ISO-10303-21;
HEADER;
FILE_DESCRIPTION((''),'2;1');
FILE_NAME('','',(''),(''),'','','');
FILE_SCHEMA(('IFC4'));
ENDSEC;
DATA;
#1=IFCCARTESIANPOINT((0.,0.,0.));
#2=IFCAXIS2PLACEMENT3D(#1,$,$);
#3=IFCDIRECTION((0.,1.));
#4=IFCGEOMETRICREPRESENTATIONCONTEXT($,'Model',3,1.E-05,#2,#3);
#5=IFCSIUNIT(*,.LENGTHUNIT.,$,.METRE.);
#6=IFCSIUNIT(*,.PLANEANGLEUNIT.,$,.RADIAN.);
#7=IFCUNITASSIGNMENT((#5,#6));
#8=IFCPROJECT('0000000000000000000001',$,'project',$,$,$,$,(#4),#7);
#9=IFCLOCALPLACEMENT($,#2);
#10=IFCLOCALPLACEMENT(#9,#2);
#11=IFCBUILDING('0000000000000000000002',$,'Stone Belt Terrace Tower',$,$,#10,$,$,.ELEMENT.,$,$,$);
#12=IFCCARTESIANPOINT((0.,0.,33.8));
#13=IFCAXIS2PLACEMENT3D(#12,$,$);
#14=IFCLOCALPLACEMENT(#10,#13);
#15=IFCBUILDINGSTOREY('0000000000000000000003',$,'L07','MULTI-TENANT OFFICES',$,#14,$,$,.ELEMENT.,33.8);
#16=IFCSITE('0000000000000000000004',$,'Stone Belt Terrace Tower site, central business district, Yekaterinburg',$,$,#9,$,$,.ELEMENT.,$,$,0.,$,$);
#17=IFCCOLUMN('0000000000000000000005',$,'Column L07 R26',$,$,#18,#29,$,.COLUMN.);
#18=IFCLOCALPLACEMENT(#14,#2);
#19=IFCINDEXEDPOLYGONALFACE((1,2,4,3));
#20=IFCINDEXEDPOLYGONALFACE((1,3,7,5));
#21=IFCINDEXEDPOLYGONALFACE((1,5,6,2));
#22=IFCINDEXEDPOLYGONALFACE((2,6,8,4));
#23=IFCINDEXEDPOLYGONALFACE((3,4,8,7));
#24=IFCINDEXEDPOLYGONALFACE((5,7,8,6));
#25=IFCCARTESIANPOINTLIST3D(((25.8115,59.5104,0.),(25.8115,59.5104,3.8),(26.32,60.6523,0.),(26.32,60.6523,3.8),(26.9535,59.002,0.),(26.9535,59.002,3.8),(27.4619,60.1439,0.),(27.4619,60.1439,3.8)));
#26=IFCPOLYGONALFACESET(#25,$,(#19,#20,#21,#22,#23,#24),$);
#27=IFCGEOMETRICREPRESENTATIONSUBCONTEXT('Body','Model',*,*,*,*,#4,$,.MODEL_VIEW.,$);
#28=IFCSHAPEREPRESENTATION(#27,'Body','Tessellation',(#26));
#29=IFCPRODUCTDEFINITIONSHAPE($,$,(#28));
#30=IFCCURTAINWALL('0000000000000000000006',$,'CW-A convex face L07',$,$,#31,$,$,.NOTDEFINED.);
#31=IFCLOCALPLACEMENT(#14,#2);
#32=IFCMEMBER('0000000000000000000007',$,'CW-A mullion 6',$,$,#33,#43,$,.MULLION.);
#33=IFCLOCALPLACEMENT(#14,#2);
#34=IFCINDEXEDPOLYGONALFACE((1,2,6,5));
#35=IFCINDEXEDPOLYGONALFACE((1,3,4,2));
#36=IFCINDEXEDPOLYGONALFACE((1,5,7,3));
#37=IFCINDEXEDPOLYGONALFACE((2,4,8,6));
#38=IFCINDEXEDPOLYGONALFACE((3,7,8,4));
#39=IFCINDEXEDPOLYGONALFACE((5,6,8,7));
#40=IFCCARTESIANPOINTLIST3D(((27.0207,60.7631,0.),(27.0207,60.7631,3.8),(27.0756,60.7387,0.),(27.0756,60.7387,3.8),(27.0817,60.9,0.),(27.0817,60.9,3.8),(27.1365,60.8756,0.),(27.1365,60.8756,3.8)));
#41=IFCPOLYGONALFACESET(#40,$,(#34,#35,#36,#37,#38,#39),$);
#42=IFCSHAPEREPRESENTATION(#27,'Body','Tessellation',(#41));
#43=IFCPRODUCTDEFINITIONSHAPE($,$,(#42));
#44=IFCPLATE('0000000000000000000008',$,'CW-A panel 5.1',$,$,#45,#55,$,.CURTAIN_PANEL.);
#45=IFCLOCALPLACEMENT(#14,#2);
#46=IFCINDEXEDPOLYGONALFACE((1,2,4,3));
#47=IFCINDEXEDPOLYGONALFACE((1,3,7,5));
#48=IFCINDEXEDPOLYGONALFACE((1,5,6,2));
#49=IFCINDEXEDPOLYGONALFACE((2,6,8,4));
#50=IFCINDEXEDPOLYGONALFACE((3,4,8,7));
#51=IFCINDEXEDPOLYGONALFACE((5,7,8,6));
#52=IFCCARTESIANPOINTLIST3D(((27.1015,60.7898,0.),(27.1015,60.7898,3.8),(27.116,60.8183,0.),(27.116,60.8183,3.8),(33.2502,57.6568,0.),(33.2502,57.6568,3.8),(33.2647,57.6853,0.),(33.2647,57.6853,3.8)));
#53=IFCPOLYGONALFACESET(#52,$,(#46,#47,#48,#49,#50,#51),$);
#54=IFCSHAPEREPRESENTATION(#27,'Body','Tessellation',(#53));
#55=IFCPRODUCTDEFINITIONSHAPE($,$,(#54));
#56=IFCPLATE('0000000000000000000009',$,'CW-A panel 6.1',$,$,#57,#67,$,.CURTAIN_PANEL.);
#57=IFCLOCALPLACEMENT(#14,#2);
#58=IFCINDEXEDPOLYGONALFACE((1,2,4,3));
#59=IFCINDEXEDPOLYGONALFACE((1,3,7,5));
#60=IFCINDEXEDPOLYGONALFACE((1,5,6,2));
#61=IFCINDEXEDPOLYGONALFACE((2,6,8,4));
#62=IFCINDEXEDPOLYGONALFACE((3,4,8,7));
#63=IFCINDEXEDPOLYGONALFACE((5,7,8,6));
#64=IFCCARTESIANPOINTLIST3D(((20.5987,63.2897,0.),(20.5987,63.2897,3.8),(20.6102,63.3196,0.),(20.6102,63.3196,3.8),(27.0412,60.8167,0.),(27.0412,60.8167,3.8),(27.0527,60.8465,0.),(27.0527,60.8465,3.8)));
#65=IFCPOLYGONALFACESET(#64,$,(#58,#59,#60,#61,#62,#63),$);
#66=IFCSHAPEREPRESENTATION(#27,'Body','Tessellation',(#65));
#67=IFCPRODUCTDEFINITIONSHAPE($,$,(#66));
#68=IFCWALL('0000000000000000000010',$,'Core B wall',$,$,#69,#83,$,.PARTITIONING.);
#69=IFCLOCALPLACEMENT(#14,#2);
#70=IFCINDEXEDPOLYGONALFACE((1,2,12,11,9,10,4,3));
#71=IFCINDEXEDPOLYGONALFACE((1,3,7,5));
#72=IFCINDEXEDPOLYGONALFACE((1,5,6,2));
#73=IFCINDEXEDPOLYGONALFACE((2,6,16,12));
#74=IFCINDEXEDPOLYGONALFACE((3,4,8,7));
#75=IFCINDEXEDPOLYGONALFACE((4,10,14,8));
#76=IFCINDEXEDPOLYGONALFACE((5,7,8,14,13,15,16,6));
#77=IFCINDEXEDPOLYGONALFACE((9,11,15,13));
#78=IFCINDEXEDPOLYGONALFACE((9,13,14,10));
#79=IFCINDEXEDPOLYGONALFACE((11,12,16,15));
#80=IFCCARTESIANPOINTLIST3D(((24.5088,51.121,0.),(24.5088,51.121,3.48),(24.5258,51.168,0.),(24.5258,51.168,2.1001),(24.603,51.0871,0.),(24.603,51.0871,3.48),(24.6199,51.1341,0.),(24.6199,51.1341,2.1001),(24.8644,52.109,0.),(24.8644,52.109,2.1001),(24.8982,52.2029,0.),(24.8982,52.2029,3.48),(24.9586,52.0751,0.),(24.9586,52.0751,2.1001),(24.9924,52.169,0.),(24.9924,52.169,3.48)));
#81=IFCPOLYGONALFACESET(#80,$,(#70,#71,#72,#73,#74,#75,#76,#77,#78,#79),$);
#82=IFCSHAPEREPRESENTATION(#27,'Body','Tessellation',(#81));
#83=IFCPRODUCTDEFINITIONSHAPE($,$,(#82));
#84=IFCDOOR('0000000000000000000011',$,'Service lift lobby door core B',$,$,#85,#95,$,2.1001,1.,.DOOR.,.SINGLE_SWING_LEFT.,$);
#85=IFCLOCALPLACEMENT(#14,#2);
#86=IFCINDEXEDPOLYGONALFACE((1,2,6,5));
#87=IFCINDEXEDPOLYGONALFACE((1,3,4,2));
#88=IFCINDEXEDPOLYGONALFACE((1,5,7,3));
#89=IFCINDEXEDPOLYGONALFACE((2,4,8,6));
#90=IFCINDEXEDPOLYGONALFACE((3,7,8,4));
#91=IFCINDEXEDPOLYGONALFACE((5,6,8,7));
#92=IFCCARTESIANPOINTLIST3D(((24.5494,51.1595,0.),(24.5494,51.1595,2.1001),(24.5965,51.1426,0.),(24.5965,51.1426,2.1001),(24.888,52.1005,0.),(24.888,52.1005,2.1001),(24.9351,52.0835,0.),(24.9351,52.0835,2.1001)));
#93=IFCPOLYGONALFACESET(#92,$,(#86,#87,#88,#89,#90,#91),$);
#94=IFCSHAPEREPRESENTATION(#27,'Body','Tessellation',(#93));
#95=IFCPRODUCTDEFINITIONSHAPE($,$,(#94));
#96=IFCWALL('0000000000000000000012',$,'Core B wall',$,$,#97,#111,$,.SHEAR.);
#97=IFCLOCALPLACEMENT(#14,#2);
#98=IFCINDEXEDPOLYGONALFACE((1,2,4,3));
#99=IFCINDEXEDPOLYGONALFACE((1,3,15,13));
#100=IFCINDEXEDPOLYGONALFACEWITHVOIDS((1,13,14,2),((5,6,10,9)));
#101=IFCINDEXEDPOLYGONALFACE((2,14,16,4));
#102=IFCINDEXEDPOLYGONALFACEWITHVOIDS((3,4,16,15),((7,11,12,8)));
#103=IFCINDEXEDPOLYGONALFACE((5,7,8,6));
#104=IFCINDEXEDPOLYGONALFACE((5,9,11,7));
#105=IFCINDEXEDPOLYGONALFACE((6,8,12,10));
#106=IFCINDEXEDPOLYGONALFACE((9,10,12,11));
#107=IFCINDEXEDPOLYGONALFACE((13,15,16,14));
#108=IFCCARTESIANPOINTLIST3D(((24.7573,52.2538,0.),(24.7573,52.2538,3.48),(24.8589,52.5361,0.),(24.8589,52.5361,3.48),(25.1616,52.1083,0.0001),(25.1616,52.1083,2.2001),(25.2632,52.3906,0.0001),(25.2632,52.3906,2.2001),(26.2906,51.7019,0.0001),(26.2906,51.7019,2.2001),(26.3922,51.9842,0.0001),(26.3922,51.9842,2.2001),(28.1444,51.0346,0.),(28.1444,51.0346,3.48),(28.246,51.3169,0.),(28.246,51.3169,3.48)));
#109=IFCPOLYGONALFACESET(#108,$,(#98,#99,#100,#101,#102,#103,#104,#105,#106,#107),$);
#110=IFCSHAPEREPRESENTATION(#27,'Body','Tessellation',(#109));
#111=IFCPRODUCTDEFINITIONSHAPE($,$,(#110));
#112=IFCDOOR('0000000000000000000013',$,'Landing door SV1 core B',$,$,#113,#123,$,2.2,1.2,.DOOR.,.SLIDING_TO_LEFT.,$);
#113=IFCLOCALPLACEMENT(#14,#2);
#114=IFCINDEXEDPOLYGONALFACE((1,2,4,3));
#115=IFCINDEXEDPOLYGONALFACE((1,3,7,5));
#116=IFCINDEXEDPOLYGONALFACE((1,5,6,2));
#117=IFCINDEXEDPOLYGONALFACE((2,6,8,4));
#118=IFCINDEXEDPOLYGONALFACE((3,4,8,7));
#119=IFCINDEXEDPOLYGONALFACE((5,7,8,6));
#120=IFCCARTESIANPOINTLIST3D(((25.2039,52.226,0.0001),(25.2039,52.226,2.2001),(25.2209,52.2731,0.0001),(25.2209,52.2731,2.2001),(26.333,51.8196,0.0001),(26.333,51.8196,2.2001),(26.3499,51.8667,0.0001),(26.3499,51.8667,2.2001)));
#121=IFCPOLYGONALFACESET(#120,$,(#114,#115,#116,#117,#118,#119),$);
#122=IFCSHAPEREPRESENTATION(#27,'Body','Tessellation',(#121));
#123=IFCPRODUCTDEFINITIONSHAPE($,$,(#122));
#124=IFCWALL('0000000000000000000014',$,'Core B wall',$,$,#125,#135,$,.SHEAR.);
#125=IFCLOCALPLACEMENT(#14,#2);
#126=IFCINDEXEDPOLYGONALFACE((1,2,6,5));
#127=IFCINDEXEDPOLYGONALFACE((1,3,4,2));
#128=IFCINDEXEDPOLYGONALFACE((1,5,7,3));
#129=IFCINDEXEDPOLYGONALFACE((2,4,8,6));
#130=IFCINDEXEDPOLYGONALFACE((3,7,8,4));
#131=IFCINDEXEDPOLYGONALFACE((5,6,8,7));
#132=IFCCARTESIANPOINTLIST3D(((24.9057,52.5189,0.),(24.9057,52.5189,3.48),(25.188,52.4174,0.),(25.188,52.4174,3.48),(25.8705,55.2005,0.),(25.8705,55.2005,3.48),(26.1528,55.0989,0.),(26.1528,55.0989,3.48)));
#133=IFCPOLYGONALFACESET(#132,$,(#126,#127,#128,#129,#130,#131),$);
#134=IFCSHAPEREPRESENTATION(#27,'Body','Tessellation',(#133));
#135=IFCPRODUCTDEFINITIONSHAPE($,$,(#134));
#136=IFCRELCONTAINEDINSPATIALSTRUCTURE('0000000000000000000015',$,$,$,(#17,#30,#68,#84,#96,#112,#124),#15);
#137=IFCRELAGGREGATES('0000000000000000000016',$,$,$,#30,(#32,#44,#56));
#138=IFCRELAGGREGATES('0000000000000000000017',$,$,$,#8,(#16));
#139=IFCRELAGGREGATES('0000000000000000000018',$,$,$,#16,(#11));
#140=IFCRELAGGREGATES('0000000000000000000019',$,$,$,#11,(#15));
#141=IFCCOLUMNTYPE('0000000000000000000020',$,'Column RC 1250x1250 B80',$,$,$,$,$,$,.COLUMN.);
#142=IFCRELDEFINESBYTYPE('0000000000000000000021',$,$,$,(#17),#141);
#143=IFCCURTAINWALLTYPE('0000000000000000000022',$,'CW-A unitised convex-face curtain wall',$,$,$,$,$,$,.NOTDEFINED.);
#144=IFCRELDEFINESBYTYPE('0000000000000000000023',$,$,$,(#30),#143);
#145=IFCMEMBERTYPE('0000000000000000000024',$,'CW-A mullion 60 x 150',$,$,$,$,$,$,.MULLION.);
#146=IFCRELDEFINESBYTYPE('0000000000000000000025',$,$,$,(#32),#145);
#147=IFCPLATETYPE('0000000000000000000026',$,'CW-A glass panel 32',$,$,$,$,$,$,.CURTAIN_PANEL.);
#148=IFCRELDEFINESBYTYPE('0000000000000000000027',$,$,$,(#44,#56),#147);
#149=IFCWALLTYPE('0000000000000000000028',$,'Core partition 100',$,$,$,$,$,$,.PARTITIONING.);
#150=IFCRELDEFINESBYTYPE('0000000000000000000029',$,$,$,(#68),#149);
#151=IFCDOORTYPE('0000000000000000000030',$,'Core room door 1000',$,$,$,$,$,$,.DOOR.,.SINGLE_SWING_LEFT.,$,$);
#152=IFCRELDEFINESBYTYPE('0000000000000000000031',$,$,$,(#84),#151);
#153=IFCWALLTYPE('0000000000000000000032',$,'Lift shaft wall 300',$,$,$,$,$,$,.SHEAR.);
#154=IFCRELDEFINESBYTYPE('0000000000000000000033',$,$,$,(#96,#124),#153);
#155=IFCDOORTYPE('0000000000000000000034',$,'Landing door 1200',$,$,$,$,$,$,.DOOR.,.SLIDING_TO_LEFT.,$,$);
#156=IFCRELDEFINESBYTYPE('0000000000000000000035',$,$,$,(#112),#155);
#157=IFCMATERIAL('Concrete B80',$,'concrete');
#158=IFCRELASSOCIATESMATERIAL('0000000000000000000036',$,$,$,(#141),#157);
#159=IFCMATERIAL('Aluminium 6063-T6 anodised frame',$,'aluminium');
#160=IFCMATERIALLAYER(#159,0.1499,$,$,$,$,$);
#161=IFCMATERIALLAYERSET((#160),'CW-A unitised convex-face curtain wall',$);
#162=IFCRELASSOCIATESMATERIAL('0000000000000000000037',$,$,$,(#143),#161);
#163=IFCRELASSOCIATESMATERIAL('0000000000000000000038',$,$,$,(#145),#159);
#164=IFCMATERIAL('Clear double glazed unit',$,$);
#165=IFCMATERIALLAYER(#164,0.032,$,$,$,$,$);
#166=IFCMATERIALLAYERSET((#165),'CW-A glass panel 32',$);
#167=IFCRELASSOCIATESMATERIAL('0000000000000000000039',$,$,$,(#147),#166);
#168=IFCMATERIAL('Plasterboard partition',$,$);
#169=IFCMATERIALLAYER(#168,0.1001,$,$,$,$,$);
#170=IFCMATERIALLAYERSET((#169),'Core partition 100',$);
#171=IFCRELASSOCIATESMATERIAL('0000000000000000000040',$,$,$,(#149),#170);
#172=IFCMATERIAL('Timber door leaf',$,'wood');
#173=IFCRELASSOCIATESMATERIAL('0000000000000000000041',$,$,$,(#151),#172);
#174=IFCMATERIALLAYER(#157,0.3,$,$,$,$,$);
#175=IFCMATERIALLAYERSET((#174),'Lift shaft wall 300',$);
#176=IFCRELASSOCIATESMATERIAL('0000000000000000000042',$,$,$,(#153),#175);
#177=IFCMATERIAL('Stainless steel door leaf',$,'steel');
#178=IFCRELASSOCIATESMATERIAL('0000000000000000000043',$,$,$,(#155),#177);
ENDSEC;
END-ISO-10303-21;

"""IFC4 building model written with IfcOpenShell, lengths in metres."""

from ifc_helpers import new_model, si_unit, direction, frame, frame_2d, origin, origin_2d, place, context, subcontext, project, spatial, rectangle, extrude, material, layer, layer_set, material_profile, profile_set, type_object, element, fill, aggregate, save


model = new_model("IFC4")

# Units and contexts
model_context = context("Model", 3, precision=1e-05, world=origin(), true_north=direction((0.0, 1.0)))
body_context = subcontext(model_context, "Body", "Model", "MODEL_VIEW")
ifc_project = project(units=[si_unit("LENGTHUNIT", "METRE"), si_unit("PLANEANGLEUNIT", "RADIAN")], contexts=[model_context])

# Site, building, storey
site_placement = place(None, origin())
site = spatial("IfcSite", under=ifc_project, at=site_placement, Name="Stone Belt Terrace Tower site, central business district, Yekaterinburg", CompositionType="ELEMENT", RefElevation=0.0)
building_placement = place(site_placement, origin())
building = spatial("IfcBuilding", under=site, at=building_placement, Name="Stone Belt Terrace Tower", CompositionType="ELEMENT")
storey_placement = place(building_placement, frame((0.0, 0.0, 33.8)))
storey = spatial("IfcBuildingStorey", under=building, at=storey_placement, Name="L07", Description="MULTI-TENANT OFFICES", CompositionType="ELEMENT", Elevation=33.8)

# Column
ifc_material_1 = material(Name="Concrete B80", Category="concrete")
ifc_material_profile_1 = material_profile(ifc_material_1, rectangle(XDim=1.25, YDim=1.25, at=origin_2d()), Name="RC 1250x1250")
ifc_profile_set_1 = profile_set([ifc_material_profile_1], Name="Concrete B80")
column_type = type_object("IfcColumnType", Name="Column RC 1250x1250 B80", PredefinedType="COLUMN", material=ifc_profile_set_1)
column_placement = place(storey_placement, frame((26.6367, 59.8271, 0.0), z_axis=(0.0, 0.0, 1.0), x_axis=(0.913545, -0.406737, 0.0)))
element("IfcColumn", 1, at=column_placement, inside=storey, type_object=column_type, Name="Column L07 R26", PredefinedType="COLUMN", context=body_context, shape_type="SweptSolid", body=[
    extrude(rectangle(XDim=1.25, YDim=1.25, at=origin_2d()), origin(), (0.0, 0.0, 1.0), 3.8),
])

# Curtain wall, member, plates
ifc_material_2 = material(Name="Aluminium 6063-T6 anodised frame", Category="aluminium")
ifc_layer_1 = layer(ifc_material_2, 0.1499)
ifc_layer_set_1 = layer_set([ifc_layer_1], Name="CW-A unitised convex-face curtain wall")
curtain_wall_type = type_object("IfcCurtainWallType", Name="CW-A unitised convex-face curtain wall", PredefinedType="NOTDEFINED", material=ifc_layer_set_1)
curtain_wall_placement = place(storey_placement, origin())
curtain_wall = element("IfcCurtainWall", 2, at=curtain_wall_placement, inside=storey, type_object=curtain_wall_type, Name="CW-A convex face L07", PredefinedType="NOTDEFINED")
ifc_material_profile_2 = material_profile(ifc_material_2, rectangle(XDim=0.1499, YDim=0.0601, at=origin_2d()), Name="Aluminium 6063-T6 60x150")
ifc_profile_set_2 = profile_set([ifc_material_profile_2], Name="Aluminium 6063-T6 anodised frame")
member_type = type_object("IfcMemberType", Name="CW-A mullion 60 x 150", PredefinedType="MULLION", material=ifc_profile_set_2)
member_placement = place(storey_placement, frame((27.0786, 60.8193, 0.0), z_axis=(0.0, 0.0, 1.0), x_axis=(-0.406737, -0.913545, 0.0)))
member = element("IfcMember", 3, at=member_placement, type_object=member_type, Name="CW-A mullion 6", PredefinedType="MULLION", context=body_context, shape_type="SweptSolid", body=[
    extrude(rectangle(XDim=0.1499, YDim=0.0601, at=origin_2d()), origin(), (0.0, 0.0, 1.0), 3.8),
])
ifc_material_3 = material(Name="Clear double glazed unit")
ifc_layer_2 = layer(ifc_material_3, 0.032)
ifc_layer_set_2 = layer_set([ifc_layer_2], Name="CW-A glass panel 32")
plate_type = type_object("IfcPlateType", Name="CW-A glass panel 32", PredefinedType="CURTAIN_PANEL", material=ifc_layer_set_2)
plate_1_placement = place(storey_placement, frame((30.1831, 59.2375, 0.0), z_axis=(0.0, 0.0, 1.0), x_axis=(-0.891007, 0.45399, 0.0)))
plate_1 = element("IfcPlate", 4, at=plate_1_placement, type_object=plate_type, Name="CW-A panel 5.1", PredefinedType="CURTAIN_PANEL", context=body_context, shape_type="SweptSolid", body=[
    extrude(rectangle(XDim=6.9009, YDim=0.032, at=origin_2d()), origin(), (0.0, 0.0, 1.0), 3.8),
])
plate_2_placement = place(storey_placement, frame((23.8257, 62.0681, 0.0), z_axis=(0.0, 0.0, 1.0), x_axis=(-0.93358, 0.358368, 0.0)))
plate_2 = element("IfcPlate", 5, at=plate_2_placement, type_object=plate_type, Name="CW-A panel 6.1", PredefinedType="CURTAIN_PANEL", context=body_context, shape_type="SweptSolid", body=[
    extrude(rectangle(XDim=6.9009, YDim=0.032, at=origin_2d()), origin(), (0.0, 0.0, 1.0), 3.8),
])
aggregate(curtain_wall, [member, plate_1, plate_2])

# Walls, openings, doors
ifc_material_4 = material(Name="Plasterboard partition")
ifc_layer_3 = layer(ifc_material_4, 0.1001)
ifc_layer_set_3 = layer_set([ifc_layer_3], Name="Core partition 100")
wall_type_1 = type_object("IfcWallType", Name="Core partition 100", PredefinedType="PARTITIONING", material=ifc_layer_set_3)
wall_1_placement = place(storey_placement, frame((24.5559, 51.104, 0.0), z_axis=(0.0, 0.0, 1.0), x_axis=(0.338622, 0.940923, 0.0)))
wall_1 = element("IfcWall", 6, at=wall_1_placement, inside=storey, type_object=wall_type_1, Name="Core B wall", PredefinedType="PARTITIONING", context=body_context, shape_type="SweptSolid", body=[
    extrude(rectangle(XDim=1.1499, YDim=0.1001, at=frame_2d((0.575, 0.0))), origin(), (0.0, 0.0, 1.0), 3.48),
])
opening_1_placement = place(wall_1_placement, frame((0.05, 0.0, 0.0)))
opening_1 = element("IfcOpeningElement", 7, at=opening_1_placement, cuts=wall_1, PredefinedType="OPENING", context=body_context, shape_type="SweptSolid", body=[
    extrude(rectangle(XDim=1.0, YDim=2.1001, at=frame_2d((0.5, 1.05))), frame((0.0, 0.0601, 0.0), z_axis=(0.0, -1.0, 0.0), x_axis=(1.0, 0.0, 0.0)), (0.0, 0.0, 1.0), 0.1201),
])
ifc_material_5 = material(Name="Timber door leaf", Category="wood")
door_type_1 = type_object("IfcDoorType", Name="Core room door 1000", OperationType="SINGLE_SWING_LEFT", PredefinedType="DOOR", material=ifc_material_5)
door_1_placement = place(opening_1_placement, origin())
door_1 = element("IfcDoor", 8, at=door_1_placement, inside=storey, type_object=door_type_1, Name="Service lift lobby door core B", OperationType="SINGLE_SWING_LEFT", OverallHeight=2.1001, OverallWidth=1.0, PredefinedType="DOOR", context=body_context, shape_type="SweptSolid", body=[
    extrude(rectangle(XDim=1.0, YDim=2.1001, at=frame_2d((0.5, 1.05))), frame((0.0, 0.0249, 0.0), z_axis=(0.0, -1.0, 0.0), x_axis=(1.0, 0.0, 0.0)), (0.0, 0.0, 1.0), 0.05),
])
fill(opening_1, door_1)
ifc_layer_4 = layer(ifc_material_1, 0.3)
ifc_layer_set_4 = layer_set([ifc_layer_4], Name="Lift shaft wall 300")
wall_type_2 = type_object("IfcWallType", Name="Lift shaft wall 300", PredefinedType="SHEAR", material=ifc_layer_set_4)
wall_2_placement = place(storey_placement, frame((28.1951, 51.1758, 0.0), z_axis=(0.0, 0.0, 1.0), x_axis=(-0.940901, 0.338681, 0.0)))
wall_2 = element("IfcWall", 9, at=wall_2_placement, inside=storey, type_object=wall_type_2, Name="Core B wall", PredefinedType="SHEAR", context=body_context, shape_type="SweptSolid", body=[
    extrude(rectangle(XDim=3.5999, YDim=0.3, at=frame_2d((1.7998, 0.0))), origin(), (0.0, 0.0, 1.0), 3.48),
])
opening_2_placement = place(wall_2_placement, frame((1.97, 0.0, 0.0)))
opening_2 = element("IfcOpeningElement", 10, at=opening_2_placement, cuts=wall_2, PredefinedType="OPENING", context=body_context, shape_type="SweptSolid", body=[
    extrude(rectangle(XDim=1.2, YDim=2.2, at=frame_2d((0.6001, 1.1001))), frame((0.0, 0.1599, 0.0), z_axis=(0.0, -1.0, 0.0), x_axis=(1.0, 0.0, 0.0)), (0.0, 0.0, 1.0), 0.3201),
])
ifc_material_6 = material(Name="Stainless steel door leaf", Category="steel")
door_type_2 = type_object("IfcDoorType", Name="Landing door 1200", OperationType="SLIDING_TO_LEFT", PredefinedType="DOOR", material=ifc_material_6)
door_2_placement = place(opening_2_placement, origin())
door_2 = element("IfcDoor", 11, at=door_2_placement, inside=storey, type_object=door_type_2, Name="Landing door SV1 core B", OperationType="SLIDING_TO_LEFT", OverallHeight=2.2, OverallWidth=1.2, PredefinedType="DOOR", context=body_context, shape_type="SweptSolid", body=[
    extrude(rectangle(XDim=1.2, YDim=2.2, at=frame_2d((0.6001, 1.1001))), frame((0.0, 0.0249, 0.0), z_axis=(0.0, -1.0, 0.0), x_axis=(1.0, 0.0, 0.0)), (0.0, 0.0, 1.0), 0.05),
])
fill(opening_2, door_2)

# Wall
wall_3_placement = place(storey_placement, frame((25.0469, 52.4683, 0.0), z_axis=(0.0, 0.0, 1.0), x_axis=(0.33855, 0.940949, 0.0)))
element("IfcWall", 12, at=wall_3_placement, inside=storey, type_object=wall_type_2, Name="Core B wall", PredefinedType="SHEAR", context=body_context, shape_type="SweptSolid", body=[
    extrude(rectangle(XDim=2.8499, YDim=0.3, at=frame_2d((1.4248, 0.0))), origin(), (0.0, 0.0, 1.0), 3.48),
])

save(model, "model.ifc")
